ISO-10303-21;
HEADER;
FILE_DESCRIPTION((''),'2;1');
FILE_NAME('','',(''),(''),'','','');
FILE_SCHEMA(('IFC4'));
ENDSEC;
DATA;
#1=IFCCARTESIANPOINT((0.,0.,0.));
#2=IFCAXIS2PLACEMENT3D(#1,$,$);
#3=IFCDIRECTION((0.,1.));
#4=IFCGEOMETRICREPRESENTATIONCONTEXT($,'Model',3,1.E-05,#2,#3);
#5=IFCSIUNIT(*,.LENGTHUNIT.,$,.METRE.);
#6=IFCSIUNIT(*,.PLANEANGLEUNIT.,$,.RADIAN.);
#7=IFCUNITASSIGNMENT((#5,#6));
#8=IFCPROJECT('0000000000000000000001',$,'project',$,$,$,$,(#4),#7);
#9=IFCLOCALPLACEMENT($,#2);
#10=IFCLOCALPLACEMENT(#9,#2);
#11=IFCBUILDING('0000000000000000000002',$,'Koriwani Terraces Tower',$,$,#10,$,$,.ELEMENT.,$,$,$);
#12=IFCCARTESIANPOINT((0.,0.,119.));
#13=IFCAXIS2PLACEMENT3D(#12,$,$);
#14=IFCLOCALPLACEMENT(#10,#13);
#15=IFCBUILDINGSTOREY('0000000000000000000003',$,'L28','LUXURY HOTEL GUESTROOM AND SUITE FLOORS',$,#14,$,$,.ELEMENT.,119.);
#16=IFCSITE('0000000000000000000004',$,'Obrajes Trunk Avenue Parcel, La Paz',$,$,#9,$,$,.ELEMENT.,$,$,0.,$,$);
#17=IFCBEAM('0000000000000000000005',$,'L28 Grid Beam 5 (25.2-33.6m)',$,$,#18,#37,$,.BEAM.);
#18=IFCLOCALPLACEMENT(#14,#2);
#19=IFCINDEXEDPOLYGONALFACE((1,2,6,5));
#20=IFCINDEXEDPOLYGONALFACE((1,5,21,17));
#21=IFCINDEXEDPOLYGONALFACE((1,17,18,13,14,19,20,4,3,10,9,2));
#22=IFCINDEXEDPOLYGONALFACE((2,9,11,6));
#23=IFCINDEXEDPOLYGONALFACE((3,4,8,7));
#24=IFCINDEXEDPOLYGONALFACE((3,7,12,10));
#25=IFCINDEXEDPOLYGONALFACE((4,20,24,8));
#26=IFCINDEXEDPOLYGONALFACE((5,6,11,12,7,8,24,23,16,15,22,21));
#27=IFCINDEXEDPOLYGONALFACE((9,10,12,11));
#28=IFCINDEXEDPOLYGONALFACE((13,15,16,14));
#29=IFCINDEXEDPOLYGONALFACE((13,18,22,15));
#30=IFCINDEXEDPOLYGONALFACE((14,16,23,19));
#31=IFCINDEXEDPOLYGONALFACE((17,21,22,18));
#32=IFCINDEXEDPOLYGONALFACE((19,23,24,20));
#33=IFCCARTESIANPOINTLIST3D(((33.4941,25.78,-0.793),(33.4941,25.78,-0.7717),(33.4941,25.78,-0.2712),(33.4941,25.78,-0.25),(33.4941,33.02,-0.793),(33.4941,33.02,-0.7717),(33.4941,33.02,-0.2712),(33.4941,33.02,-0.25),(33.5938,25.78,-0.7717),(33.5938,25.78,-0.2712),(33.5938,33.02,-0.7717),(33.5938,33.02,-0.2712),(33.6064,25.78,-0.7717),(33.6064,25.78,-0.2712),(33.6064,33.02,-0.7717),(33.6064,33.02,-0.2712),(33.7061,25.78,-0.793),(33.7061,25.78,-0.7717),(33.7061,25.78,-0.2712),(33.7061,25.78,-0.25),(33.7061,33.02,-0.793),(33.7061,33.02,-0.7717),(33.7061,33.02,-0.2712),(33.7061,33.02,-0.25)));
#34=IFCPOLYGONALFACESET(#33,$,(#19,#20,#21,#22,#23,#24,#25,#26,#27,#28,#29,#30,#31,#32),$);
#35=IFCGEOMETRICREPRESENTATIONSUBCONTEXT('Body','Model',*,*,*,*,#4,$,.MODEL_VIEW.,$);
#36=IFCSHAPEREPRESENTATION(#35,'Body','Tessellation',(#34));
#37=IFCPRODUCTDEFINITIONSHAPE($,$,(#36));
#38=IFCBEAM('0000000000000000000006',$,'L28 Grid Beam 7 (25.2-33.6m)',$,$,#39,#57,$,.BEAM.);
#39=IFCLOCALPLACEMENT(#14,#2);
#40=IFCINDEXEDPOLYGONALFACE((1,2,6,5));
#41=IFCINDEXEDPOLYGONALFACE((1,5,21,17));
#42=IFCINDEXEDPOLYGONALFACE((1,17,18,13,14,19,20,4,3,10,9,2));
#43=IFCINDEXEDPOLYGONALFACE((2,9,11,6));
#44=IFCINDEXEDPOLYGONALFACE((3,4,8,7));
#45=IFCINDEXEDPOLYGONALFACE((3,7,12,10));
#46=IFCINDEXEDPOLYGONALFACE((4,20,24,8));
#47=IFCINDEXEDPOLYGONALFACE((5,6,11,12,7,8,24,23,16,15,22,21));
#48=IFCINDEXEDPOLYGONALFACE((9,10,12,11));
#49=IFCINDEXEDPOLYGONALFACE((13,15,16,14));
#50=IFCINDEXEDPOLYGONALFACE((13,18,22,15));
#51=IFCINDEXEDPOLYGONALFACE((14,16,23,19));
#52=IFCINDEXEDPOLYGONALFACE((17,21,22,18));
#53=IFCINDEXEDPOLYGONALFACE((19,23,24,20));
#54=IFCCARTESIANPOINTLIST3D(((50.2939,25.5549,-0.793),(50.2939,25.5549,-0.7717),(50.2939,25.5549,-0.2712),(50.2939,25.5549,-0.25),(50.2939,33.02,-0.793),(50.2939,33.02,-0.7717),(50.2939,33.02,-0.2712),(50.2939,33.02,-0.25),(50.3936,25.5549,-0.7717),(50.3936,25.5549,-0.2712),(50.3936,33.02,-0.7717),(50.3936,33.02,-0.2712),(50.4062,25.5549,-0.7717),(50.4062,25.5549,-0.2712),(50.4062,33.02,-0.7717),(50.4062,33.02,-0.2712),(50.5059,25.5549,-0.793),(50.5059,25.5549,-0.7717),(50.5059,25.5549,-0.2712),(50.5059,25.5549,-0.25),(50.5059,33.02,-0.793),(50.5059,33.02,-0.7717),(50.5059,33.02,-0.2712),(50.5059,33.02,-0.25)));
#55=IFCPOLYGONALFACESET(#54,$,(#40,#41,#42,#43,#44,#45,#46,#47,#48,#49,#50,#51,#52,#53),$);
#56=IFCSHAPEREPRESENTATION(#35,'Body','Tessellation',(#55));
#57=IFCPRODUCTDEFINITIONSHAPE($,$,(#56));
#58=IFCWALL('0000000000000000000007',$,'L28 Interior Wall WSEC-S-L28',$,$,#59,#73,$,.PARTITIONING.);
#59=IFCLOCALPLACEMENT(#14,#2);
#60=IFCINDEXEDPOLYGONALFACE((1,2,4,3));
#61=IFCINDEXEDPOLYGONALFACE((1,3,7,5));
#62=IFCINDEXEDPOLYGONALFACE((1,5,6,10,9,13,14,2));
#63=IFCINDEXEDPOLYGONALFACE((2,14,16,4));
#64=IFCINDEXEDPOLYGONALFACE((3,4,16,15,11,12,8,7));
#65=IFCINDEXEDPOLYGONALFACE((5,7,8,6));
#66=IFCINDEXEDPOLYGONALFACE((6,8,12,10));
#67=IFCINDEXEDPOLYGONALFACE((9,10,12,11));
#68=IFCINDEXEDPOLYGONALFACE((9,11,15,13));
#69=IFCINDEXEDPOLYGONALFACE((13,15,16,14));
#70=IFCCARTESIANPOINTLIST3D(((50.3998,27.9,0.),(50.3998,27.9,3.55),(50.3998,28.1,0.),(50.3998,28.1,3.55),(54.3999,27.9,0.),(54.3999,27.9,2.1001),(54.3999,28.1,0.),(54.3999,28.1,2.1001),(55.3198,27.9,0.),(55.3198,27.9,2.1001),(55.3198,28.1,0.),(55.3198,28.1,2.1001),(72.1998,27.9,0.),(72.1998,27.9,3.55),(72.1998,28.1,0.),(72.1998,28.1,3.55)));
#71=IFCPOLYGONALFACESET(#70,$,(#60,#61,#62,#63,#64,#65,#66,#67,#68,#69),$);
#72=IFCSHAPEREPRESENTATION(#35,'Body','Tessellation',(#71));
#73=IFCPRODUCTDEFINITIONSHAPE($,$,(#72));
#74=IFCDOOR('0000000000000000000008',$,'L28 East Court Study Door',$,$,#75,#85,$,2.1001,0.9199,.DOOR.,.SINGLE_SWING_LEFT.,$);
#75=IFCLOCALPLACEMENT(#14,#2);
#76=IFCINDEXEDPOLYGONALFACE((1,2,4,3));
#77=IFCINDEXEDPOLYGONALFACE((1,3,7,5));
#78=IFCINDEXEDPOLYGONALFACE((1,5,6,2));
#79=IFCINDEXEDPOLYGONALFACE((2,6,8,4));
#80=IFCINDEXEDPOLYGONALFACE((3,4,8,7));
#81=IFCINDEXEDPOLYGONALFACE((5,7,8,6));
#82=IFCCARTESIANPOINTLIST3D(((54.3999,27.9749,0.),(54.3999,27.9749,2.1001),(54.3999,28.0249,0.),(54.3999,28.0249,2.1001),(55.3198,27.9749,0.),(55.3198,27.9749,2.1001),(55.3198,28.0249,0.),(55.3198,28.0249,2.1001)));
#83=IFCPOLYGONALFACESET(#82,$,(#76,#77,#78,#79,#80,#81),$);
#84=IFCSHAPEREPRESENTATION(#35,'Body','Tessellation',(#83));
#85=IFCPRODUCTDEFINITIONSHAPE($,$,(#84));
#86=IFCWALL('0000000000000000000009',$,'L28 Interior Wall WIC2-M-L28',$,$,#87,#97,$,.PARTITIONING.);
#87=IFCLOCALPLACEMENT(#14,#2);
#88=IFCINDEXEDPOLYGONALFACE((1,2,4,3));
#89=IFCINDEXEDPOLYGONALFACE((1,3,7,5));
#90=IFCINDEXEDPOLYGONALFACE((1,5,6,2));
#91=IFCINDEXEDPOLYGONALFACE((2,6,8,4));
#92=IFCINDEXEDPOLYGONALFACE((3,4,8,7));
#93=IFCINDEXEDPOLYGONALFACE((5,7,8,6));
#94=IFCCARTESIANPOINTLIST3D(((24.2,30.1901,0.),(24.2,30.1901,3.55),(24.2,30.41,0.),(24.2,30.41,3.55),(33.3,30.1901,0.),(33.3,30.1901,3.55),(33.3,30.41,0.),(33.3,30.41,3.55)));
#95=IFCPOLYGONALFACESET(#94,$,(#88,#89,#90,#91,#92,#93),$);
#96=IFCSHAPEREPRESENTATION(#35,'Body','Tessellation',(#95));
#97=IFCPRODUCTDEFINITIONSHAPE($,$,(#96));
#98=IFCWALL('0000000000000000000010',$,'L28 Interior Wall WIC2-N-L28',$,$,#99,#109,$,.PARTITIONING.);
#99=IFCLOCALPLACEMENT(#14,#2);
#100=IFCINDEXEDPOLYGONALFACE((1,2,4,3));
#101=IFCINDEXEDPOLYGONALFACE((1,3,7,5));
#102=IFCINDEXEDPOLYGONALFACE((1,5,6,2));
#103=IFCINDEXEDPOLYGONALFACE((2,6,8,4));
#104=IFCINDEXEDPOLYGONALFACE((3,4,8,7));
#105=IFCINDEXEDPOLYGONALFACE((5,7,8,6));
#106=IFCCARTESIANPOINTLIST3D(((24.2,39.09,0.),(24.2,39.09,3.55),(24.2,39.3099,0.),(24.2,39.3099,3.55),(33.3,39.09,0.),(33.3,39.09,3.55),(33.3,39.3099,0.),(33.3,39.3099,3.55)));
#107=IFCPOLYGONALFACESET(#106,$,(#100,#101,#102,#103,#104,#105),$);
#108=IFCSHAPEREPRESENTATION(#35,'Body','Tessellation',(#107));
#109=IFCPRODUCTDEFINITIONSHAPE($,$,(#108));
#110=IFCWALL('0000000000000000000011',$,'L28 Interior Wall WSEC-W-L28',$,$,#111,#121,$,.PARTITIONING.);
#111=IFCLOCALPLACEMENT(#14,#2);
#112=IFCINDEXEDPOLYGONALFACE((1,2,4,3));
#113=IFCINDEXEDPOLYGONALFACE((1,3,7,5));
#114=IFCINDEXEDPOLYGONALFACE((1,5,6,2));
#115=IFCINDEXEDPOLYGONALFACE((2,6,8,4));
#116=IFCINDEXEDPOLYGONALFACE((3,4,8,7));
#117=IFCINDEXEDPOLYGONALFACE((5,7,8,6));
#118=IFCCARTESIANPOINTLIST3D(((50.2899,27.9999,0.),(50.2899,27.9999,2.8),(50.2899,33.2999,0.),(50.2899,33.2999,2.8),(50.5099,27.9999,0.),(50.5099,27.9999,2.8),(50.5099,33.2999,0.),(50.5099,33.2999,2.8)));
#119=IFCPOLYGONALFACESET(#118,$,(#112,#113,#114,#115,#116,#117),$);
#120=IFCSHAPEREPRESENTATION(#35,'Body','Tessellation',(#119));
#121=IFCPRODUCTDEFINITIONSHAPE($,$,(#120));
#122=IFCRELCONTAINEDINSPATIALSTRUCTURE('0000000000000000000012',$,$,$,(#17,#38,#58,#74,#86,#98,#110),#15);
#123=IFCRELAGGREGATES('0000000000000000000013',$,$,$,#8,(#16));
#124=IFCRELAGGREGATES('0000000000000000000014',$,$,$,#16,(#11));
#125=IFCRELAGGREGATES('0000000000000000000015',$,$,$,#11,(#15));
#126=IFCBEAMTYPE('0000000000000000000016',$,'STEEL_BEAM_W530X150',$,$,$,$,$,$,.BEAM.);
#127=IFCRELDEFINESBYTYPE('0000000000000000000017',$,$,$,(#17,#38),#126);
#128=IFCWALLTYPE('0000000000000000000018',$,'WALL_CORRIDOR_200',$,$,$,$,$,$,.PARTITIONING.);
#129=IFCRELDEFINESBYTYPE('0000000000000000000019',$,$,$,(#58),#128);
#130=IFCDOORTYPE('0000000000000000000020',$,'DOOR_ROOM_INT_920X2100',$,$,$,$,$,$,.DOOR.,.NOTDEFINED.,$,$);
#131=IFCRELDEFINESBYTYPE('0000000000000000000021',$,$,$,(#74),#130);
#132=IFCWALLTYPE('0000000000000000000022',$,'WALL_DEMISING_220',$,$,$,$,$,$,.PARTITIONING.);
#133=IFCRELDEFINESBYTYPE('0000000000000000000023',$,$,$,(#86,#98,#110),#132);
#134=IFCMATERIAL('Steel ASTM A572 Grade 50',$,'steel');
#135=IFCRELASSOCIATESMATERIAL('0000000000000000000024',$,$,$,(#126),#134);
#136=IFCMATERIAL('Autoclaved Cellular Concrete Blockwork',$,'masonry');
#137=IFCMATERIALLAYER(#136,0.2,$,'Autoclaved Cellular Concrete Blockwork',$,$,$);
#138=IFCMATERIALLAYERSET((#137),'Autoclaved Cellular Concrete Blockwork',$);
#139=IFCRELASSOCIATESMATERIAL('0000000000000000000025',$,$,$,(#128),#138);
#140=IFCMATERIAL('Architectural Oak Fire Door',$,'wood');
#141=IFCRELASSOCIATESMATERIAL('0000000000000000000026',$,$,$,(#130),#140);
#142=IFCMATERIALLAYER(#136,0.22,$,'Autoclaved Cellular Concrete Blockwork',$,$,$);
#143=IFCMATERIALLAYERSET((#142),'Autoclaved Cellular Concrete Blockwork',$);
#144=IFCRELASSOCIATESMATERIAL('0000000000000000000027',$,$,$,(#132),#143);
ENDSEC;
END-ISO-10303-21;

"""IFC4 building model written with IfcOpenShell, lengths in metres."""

from ifc_helpers import new_model, si_unit, direction, frame, frame_2d, origin, origin_2d, place, context, subcontext, project, spatial, rectangle, i_section, extrude, material, layer, layer_set, material_profile, profile_set, type_object, element, fill, save


model = new_model("IFC4")

# Units and contexts
model_context = context("Model", 3, precision=1e-05, world=origin(), true_north=direction((0.0, 1.0)))
body_context = subcontext(model_context, "Body", "Model", "MODEL_VIEW")
ifc_project = project(units=[si_unit("LENGTHUNIT", "METRE"), si_unit("PLANEANGLEUNIT", "RADIAN")], contexts=[model_context])

# Site, building, storey
site_placement = place(None, origin())
site = spatial("IfcSite", under=ifc_project, at=site_placement, Name="Obrajes Trunk Avenue Parcel, La Paz", CompositionType="ELEMENT", RefElevation=0.0)
building_placement = place(site_placement, origin())
building = spatial("IfcBuilding", under=site, at=building_placement, Name="Koriwani Terraces Tower", CompositionType="ELEMENT")
storey_placement = place(building_placement, frame((0.0, 0.0, 119.0)))
storey = spatial("IfcBuildingStorey", under=building, at=storey_placement, Name="L28", Description="LUXURY HOTEL GUESTROOM AND SUITE FLOORS", CompositionType="ELEMENT", Elevation=119.0)

# Beams
ifc_material_1 = material(Name="Steel ASTM A572 Grade 50", Category="steel")
ifc_material_profile_1 = material_profile(ifc_material_1, i_section(OverallWidth=0.2119, OverallDepth=0.543, WebThickness=0.0127, FlangeThickness=0.0212, at=origin_2d()), Name="Steel ASTM A572 Grade 50", Category="LoadBearing")
ifc_profile_set_1 = profile_set([ifc_material_profile_1], Name="Steel ASTM A572 Grade 50")
beam_type_1 = type_object("IfcBeamType", Name="STEEL_BEAM_W530X150", PredefinedType="BEAM", material=ifc_profile_set_1)
beam_1_placement = place(storey_placement, frame((33.6001, 25.78, -0.5215), z_axis=(0.0, 1.0, 0.0), x_axis=(-1.0, 0.0, 0.0)))
element("IfcBeam", 1, at=beam_1_placement, inside=storey, type_object=beam_type_1, Name="L28 Grid Beam 5 (25.2-33.6m)", PredefinedType="BEAM", context=body_context, shape_type="SweptSolid", body=[
    extrude(i_section(OverallWidth=0.2119, OverallDepth=0.543, WebThickness=0.0127, FlangeThickness=0.0212, at=origin_2d()), origin(), (0.0, 0.0, 1.0), 7.24),
])
beam_2_placement = place(storey_placement, frame((50.3999, 25.5549, -0.5215), z_axis=(0.0, 1.0, 0.0), x_axis=(-1.0, 0.0, 0.0)))
element("IfcBeam", 2, at=beam_2_placement, inside=storey, type_object=beam_type_1, Name="L28 Grid Beam 7 (25.2-33.6m)", PredefinedType="BEAM", context=body_context, shape_type="SweptSolid", body=[
    extrude(i_section(OverallWidth=0.2119, OverallDepth=0.543, WebThickness=0.0127, FlangeThickness=0.0212, at=origin_2d()), origin(), (0.0, 0.0, 1.0), 7.4651),
])

# Wall, opening, door
ifc_material_2 = material(Name="Autoclaved Cellular Concrete Blockwork", Category="masonry")
ifc_layer_1 = layer(ifc_material_2, 0.2, Name="Autoclaved Cellular Concrete Blockwork")
ifc_layer_set_1 = layer_set([ifc_layer_1], Name="Autoclaved Cellular Concrete Blockwork")
wall_type_1 = type_object("IfcWallType", Name="WALL_CORRIDOR_200", PredefinedType="PARTITIONING", material=ifc_layer_set_1)
wall_1_placement = place(storey_placement, frame((50.3999, 28.0, 0.0), z_axis=(0.0, 0.0, 1.0), x_axis=(1.0, 0.0, 0.0)))
wall_1 = element("IfcWall", 3, at=wall_1_placement, inside=storey, type_object=wall_type_1, Name="L28 Interior Wall WSEC-S-L28", PredefinedType="PARTITIONING", context=body_context, shape_type="SweptSolid", body=[
    extrude(rectangle(XDim=21.8, YDim=0.2, at=frame_2d((10.8999, 0.0))), origin(), (0.0, 0.0, 1.0), 3.55),
])
opening_1_placement = place(wall_1_placement, frame((4.0, 0.0, 0.0)))
opening_1 = element("IfcOpeningElement", 4, at=opening_1_placement, cuts=wall_1, PredefinedType="OPENING", context=body_context, shape_type="SweptSolid", body=[
    extrude(rectangle(XDim=0.9199, YDim=2.1001, at=frame_2d((0.46, 1.05))), frame((0.0, 0.1099, 0.0), z_axis=(0.0, -1.0, 0.0), x_axis=(1.0, 0.0, 0.0)), (0.0, 0.0, 1.0), 0.22),
])
ifc_material_3 = material(Name="Architectural Oak Fire Door", Category="wood")
door_type_1 = type_object("IfcDoorType", Name="DOOR_ROOM_INT_920X2100", OperationType="NOTDEFINED", PredefinedType="DOOR", material=ifc_material_3)
door_1_placement = place(opening_1_placement, origin())
door_1 = element("IfcDoor", 5, at=door_1_placement, inside=storey, type_object=door_type_1, Name="L28 East Court Study Door", OperationType="SINGLE_SWING_LEFT", OverallHeight=2.1001, OverallWidth=0.9199, PredefinedType="DOOR", context=body_context, shape_type="SweptSolid", body=[
    extrude(rectangle(XDim=0.9199, YDim=2.1001, at=frame_2d((0.46, 1.05))), frame((0.0, 0.0249, 0.0), z_axis=(0.0, -1.0, 0.0), x_axis=(1.0, 0.0, 0.0)), (0.0, 0.0, 1.0), 0.05),
])
fill(opening_1, door_1)

# Walls
ifc_layer_2 = layer(ifc_material_2, 0.22, Name="Autoclaved Cellular Concrete Blockwork")
ifc_layer_set_2 = layer_set([ifc_layer_2], Name="Autoclaved Cellular Concrete Blockwork")
wall_type_2 = type_object("IfcWallType", Name="WALL_DEMISING_220", PredefinedType="PARTITIONING", material=ifc_layer_set_2)
for number, where, z_axis, x_axis, name in (
    (6, (24.2, 30.3, 0.0), (0.0, 0.0, 1.0), (1.0, 0.0, 0.0), "L28 Interior Wall WIC2-M-L28"),
    (7, (24.2, 39.2, 0.0), (0.0, 0.0, 1.0), (1.0, 0.0, 0.0), "L28 Interior Wall WIC2-N-L28"),
):
    element("IfcWall", number, at=place(storey_placement, frame(where, z_axis=z_axis, x_axis=x_axis)), inside=storey, type_object=wall_type_2, Name=name, PredefinedType="PARTITIONING", context=body_context, shape_type="SweptSolid", body=[
        extrude(rectangle(XDim=9.1001, YDim=0.22, at=frame_2d((4.55, 0.0))), origin(), (0.0, 0.0, 1.0), 3.55),
    ])
wall_2_placement = place(storey_placement, frame((50.3999, 28.0, 0.0), z_axis=(0.0, 0.0, 1.0), x_axis=(0.0, 1.0, 0.0)))
element("IfcWall", 8, at=wall_2_placement, inside=storey, type_object=wall_type_2, Name="L28 Interior Wall WSEC-W-L28", PredefinedType="PARTITIONING", context=body_context, shape_type="SweptSolid", body=[
    extrude(rectangle(XDim=5.3, YDim=0.22, at=frame_2d((2.6499, 0.0))), origin(), (0.0, 0.0, 1.0), 2.8),
])

save(model, "model.ifc")
